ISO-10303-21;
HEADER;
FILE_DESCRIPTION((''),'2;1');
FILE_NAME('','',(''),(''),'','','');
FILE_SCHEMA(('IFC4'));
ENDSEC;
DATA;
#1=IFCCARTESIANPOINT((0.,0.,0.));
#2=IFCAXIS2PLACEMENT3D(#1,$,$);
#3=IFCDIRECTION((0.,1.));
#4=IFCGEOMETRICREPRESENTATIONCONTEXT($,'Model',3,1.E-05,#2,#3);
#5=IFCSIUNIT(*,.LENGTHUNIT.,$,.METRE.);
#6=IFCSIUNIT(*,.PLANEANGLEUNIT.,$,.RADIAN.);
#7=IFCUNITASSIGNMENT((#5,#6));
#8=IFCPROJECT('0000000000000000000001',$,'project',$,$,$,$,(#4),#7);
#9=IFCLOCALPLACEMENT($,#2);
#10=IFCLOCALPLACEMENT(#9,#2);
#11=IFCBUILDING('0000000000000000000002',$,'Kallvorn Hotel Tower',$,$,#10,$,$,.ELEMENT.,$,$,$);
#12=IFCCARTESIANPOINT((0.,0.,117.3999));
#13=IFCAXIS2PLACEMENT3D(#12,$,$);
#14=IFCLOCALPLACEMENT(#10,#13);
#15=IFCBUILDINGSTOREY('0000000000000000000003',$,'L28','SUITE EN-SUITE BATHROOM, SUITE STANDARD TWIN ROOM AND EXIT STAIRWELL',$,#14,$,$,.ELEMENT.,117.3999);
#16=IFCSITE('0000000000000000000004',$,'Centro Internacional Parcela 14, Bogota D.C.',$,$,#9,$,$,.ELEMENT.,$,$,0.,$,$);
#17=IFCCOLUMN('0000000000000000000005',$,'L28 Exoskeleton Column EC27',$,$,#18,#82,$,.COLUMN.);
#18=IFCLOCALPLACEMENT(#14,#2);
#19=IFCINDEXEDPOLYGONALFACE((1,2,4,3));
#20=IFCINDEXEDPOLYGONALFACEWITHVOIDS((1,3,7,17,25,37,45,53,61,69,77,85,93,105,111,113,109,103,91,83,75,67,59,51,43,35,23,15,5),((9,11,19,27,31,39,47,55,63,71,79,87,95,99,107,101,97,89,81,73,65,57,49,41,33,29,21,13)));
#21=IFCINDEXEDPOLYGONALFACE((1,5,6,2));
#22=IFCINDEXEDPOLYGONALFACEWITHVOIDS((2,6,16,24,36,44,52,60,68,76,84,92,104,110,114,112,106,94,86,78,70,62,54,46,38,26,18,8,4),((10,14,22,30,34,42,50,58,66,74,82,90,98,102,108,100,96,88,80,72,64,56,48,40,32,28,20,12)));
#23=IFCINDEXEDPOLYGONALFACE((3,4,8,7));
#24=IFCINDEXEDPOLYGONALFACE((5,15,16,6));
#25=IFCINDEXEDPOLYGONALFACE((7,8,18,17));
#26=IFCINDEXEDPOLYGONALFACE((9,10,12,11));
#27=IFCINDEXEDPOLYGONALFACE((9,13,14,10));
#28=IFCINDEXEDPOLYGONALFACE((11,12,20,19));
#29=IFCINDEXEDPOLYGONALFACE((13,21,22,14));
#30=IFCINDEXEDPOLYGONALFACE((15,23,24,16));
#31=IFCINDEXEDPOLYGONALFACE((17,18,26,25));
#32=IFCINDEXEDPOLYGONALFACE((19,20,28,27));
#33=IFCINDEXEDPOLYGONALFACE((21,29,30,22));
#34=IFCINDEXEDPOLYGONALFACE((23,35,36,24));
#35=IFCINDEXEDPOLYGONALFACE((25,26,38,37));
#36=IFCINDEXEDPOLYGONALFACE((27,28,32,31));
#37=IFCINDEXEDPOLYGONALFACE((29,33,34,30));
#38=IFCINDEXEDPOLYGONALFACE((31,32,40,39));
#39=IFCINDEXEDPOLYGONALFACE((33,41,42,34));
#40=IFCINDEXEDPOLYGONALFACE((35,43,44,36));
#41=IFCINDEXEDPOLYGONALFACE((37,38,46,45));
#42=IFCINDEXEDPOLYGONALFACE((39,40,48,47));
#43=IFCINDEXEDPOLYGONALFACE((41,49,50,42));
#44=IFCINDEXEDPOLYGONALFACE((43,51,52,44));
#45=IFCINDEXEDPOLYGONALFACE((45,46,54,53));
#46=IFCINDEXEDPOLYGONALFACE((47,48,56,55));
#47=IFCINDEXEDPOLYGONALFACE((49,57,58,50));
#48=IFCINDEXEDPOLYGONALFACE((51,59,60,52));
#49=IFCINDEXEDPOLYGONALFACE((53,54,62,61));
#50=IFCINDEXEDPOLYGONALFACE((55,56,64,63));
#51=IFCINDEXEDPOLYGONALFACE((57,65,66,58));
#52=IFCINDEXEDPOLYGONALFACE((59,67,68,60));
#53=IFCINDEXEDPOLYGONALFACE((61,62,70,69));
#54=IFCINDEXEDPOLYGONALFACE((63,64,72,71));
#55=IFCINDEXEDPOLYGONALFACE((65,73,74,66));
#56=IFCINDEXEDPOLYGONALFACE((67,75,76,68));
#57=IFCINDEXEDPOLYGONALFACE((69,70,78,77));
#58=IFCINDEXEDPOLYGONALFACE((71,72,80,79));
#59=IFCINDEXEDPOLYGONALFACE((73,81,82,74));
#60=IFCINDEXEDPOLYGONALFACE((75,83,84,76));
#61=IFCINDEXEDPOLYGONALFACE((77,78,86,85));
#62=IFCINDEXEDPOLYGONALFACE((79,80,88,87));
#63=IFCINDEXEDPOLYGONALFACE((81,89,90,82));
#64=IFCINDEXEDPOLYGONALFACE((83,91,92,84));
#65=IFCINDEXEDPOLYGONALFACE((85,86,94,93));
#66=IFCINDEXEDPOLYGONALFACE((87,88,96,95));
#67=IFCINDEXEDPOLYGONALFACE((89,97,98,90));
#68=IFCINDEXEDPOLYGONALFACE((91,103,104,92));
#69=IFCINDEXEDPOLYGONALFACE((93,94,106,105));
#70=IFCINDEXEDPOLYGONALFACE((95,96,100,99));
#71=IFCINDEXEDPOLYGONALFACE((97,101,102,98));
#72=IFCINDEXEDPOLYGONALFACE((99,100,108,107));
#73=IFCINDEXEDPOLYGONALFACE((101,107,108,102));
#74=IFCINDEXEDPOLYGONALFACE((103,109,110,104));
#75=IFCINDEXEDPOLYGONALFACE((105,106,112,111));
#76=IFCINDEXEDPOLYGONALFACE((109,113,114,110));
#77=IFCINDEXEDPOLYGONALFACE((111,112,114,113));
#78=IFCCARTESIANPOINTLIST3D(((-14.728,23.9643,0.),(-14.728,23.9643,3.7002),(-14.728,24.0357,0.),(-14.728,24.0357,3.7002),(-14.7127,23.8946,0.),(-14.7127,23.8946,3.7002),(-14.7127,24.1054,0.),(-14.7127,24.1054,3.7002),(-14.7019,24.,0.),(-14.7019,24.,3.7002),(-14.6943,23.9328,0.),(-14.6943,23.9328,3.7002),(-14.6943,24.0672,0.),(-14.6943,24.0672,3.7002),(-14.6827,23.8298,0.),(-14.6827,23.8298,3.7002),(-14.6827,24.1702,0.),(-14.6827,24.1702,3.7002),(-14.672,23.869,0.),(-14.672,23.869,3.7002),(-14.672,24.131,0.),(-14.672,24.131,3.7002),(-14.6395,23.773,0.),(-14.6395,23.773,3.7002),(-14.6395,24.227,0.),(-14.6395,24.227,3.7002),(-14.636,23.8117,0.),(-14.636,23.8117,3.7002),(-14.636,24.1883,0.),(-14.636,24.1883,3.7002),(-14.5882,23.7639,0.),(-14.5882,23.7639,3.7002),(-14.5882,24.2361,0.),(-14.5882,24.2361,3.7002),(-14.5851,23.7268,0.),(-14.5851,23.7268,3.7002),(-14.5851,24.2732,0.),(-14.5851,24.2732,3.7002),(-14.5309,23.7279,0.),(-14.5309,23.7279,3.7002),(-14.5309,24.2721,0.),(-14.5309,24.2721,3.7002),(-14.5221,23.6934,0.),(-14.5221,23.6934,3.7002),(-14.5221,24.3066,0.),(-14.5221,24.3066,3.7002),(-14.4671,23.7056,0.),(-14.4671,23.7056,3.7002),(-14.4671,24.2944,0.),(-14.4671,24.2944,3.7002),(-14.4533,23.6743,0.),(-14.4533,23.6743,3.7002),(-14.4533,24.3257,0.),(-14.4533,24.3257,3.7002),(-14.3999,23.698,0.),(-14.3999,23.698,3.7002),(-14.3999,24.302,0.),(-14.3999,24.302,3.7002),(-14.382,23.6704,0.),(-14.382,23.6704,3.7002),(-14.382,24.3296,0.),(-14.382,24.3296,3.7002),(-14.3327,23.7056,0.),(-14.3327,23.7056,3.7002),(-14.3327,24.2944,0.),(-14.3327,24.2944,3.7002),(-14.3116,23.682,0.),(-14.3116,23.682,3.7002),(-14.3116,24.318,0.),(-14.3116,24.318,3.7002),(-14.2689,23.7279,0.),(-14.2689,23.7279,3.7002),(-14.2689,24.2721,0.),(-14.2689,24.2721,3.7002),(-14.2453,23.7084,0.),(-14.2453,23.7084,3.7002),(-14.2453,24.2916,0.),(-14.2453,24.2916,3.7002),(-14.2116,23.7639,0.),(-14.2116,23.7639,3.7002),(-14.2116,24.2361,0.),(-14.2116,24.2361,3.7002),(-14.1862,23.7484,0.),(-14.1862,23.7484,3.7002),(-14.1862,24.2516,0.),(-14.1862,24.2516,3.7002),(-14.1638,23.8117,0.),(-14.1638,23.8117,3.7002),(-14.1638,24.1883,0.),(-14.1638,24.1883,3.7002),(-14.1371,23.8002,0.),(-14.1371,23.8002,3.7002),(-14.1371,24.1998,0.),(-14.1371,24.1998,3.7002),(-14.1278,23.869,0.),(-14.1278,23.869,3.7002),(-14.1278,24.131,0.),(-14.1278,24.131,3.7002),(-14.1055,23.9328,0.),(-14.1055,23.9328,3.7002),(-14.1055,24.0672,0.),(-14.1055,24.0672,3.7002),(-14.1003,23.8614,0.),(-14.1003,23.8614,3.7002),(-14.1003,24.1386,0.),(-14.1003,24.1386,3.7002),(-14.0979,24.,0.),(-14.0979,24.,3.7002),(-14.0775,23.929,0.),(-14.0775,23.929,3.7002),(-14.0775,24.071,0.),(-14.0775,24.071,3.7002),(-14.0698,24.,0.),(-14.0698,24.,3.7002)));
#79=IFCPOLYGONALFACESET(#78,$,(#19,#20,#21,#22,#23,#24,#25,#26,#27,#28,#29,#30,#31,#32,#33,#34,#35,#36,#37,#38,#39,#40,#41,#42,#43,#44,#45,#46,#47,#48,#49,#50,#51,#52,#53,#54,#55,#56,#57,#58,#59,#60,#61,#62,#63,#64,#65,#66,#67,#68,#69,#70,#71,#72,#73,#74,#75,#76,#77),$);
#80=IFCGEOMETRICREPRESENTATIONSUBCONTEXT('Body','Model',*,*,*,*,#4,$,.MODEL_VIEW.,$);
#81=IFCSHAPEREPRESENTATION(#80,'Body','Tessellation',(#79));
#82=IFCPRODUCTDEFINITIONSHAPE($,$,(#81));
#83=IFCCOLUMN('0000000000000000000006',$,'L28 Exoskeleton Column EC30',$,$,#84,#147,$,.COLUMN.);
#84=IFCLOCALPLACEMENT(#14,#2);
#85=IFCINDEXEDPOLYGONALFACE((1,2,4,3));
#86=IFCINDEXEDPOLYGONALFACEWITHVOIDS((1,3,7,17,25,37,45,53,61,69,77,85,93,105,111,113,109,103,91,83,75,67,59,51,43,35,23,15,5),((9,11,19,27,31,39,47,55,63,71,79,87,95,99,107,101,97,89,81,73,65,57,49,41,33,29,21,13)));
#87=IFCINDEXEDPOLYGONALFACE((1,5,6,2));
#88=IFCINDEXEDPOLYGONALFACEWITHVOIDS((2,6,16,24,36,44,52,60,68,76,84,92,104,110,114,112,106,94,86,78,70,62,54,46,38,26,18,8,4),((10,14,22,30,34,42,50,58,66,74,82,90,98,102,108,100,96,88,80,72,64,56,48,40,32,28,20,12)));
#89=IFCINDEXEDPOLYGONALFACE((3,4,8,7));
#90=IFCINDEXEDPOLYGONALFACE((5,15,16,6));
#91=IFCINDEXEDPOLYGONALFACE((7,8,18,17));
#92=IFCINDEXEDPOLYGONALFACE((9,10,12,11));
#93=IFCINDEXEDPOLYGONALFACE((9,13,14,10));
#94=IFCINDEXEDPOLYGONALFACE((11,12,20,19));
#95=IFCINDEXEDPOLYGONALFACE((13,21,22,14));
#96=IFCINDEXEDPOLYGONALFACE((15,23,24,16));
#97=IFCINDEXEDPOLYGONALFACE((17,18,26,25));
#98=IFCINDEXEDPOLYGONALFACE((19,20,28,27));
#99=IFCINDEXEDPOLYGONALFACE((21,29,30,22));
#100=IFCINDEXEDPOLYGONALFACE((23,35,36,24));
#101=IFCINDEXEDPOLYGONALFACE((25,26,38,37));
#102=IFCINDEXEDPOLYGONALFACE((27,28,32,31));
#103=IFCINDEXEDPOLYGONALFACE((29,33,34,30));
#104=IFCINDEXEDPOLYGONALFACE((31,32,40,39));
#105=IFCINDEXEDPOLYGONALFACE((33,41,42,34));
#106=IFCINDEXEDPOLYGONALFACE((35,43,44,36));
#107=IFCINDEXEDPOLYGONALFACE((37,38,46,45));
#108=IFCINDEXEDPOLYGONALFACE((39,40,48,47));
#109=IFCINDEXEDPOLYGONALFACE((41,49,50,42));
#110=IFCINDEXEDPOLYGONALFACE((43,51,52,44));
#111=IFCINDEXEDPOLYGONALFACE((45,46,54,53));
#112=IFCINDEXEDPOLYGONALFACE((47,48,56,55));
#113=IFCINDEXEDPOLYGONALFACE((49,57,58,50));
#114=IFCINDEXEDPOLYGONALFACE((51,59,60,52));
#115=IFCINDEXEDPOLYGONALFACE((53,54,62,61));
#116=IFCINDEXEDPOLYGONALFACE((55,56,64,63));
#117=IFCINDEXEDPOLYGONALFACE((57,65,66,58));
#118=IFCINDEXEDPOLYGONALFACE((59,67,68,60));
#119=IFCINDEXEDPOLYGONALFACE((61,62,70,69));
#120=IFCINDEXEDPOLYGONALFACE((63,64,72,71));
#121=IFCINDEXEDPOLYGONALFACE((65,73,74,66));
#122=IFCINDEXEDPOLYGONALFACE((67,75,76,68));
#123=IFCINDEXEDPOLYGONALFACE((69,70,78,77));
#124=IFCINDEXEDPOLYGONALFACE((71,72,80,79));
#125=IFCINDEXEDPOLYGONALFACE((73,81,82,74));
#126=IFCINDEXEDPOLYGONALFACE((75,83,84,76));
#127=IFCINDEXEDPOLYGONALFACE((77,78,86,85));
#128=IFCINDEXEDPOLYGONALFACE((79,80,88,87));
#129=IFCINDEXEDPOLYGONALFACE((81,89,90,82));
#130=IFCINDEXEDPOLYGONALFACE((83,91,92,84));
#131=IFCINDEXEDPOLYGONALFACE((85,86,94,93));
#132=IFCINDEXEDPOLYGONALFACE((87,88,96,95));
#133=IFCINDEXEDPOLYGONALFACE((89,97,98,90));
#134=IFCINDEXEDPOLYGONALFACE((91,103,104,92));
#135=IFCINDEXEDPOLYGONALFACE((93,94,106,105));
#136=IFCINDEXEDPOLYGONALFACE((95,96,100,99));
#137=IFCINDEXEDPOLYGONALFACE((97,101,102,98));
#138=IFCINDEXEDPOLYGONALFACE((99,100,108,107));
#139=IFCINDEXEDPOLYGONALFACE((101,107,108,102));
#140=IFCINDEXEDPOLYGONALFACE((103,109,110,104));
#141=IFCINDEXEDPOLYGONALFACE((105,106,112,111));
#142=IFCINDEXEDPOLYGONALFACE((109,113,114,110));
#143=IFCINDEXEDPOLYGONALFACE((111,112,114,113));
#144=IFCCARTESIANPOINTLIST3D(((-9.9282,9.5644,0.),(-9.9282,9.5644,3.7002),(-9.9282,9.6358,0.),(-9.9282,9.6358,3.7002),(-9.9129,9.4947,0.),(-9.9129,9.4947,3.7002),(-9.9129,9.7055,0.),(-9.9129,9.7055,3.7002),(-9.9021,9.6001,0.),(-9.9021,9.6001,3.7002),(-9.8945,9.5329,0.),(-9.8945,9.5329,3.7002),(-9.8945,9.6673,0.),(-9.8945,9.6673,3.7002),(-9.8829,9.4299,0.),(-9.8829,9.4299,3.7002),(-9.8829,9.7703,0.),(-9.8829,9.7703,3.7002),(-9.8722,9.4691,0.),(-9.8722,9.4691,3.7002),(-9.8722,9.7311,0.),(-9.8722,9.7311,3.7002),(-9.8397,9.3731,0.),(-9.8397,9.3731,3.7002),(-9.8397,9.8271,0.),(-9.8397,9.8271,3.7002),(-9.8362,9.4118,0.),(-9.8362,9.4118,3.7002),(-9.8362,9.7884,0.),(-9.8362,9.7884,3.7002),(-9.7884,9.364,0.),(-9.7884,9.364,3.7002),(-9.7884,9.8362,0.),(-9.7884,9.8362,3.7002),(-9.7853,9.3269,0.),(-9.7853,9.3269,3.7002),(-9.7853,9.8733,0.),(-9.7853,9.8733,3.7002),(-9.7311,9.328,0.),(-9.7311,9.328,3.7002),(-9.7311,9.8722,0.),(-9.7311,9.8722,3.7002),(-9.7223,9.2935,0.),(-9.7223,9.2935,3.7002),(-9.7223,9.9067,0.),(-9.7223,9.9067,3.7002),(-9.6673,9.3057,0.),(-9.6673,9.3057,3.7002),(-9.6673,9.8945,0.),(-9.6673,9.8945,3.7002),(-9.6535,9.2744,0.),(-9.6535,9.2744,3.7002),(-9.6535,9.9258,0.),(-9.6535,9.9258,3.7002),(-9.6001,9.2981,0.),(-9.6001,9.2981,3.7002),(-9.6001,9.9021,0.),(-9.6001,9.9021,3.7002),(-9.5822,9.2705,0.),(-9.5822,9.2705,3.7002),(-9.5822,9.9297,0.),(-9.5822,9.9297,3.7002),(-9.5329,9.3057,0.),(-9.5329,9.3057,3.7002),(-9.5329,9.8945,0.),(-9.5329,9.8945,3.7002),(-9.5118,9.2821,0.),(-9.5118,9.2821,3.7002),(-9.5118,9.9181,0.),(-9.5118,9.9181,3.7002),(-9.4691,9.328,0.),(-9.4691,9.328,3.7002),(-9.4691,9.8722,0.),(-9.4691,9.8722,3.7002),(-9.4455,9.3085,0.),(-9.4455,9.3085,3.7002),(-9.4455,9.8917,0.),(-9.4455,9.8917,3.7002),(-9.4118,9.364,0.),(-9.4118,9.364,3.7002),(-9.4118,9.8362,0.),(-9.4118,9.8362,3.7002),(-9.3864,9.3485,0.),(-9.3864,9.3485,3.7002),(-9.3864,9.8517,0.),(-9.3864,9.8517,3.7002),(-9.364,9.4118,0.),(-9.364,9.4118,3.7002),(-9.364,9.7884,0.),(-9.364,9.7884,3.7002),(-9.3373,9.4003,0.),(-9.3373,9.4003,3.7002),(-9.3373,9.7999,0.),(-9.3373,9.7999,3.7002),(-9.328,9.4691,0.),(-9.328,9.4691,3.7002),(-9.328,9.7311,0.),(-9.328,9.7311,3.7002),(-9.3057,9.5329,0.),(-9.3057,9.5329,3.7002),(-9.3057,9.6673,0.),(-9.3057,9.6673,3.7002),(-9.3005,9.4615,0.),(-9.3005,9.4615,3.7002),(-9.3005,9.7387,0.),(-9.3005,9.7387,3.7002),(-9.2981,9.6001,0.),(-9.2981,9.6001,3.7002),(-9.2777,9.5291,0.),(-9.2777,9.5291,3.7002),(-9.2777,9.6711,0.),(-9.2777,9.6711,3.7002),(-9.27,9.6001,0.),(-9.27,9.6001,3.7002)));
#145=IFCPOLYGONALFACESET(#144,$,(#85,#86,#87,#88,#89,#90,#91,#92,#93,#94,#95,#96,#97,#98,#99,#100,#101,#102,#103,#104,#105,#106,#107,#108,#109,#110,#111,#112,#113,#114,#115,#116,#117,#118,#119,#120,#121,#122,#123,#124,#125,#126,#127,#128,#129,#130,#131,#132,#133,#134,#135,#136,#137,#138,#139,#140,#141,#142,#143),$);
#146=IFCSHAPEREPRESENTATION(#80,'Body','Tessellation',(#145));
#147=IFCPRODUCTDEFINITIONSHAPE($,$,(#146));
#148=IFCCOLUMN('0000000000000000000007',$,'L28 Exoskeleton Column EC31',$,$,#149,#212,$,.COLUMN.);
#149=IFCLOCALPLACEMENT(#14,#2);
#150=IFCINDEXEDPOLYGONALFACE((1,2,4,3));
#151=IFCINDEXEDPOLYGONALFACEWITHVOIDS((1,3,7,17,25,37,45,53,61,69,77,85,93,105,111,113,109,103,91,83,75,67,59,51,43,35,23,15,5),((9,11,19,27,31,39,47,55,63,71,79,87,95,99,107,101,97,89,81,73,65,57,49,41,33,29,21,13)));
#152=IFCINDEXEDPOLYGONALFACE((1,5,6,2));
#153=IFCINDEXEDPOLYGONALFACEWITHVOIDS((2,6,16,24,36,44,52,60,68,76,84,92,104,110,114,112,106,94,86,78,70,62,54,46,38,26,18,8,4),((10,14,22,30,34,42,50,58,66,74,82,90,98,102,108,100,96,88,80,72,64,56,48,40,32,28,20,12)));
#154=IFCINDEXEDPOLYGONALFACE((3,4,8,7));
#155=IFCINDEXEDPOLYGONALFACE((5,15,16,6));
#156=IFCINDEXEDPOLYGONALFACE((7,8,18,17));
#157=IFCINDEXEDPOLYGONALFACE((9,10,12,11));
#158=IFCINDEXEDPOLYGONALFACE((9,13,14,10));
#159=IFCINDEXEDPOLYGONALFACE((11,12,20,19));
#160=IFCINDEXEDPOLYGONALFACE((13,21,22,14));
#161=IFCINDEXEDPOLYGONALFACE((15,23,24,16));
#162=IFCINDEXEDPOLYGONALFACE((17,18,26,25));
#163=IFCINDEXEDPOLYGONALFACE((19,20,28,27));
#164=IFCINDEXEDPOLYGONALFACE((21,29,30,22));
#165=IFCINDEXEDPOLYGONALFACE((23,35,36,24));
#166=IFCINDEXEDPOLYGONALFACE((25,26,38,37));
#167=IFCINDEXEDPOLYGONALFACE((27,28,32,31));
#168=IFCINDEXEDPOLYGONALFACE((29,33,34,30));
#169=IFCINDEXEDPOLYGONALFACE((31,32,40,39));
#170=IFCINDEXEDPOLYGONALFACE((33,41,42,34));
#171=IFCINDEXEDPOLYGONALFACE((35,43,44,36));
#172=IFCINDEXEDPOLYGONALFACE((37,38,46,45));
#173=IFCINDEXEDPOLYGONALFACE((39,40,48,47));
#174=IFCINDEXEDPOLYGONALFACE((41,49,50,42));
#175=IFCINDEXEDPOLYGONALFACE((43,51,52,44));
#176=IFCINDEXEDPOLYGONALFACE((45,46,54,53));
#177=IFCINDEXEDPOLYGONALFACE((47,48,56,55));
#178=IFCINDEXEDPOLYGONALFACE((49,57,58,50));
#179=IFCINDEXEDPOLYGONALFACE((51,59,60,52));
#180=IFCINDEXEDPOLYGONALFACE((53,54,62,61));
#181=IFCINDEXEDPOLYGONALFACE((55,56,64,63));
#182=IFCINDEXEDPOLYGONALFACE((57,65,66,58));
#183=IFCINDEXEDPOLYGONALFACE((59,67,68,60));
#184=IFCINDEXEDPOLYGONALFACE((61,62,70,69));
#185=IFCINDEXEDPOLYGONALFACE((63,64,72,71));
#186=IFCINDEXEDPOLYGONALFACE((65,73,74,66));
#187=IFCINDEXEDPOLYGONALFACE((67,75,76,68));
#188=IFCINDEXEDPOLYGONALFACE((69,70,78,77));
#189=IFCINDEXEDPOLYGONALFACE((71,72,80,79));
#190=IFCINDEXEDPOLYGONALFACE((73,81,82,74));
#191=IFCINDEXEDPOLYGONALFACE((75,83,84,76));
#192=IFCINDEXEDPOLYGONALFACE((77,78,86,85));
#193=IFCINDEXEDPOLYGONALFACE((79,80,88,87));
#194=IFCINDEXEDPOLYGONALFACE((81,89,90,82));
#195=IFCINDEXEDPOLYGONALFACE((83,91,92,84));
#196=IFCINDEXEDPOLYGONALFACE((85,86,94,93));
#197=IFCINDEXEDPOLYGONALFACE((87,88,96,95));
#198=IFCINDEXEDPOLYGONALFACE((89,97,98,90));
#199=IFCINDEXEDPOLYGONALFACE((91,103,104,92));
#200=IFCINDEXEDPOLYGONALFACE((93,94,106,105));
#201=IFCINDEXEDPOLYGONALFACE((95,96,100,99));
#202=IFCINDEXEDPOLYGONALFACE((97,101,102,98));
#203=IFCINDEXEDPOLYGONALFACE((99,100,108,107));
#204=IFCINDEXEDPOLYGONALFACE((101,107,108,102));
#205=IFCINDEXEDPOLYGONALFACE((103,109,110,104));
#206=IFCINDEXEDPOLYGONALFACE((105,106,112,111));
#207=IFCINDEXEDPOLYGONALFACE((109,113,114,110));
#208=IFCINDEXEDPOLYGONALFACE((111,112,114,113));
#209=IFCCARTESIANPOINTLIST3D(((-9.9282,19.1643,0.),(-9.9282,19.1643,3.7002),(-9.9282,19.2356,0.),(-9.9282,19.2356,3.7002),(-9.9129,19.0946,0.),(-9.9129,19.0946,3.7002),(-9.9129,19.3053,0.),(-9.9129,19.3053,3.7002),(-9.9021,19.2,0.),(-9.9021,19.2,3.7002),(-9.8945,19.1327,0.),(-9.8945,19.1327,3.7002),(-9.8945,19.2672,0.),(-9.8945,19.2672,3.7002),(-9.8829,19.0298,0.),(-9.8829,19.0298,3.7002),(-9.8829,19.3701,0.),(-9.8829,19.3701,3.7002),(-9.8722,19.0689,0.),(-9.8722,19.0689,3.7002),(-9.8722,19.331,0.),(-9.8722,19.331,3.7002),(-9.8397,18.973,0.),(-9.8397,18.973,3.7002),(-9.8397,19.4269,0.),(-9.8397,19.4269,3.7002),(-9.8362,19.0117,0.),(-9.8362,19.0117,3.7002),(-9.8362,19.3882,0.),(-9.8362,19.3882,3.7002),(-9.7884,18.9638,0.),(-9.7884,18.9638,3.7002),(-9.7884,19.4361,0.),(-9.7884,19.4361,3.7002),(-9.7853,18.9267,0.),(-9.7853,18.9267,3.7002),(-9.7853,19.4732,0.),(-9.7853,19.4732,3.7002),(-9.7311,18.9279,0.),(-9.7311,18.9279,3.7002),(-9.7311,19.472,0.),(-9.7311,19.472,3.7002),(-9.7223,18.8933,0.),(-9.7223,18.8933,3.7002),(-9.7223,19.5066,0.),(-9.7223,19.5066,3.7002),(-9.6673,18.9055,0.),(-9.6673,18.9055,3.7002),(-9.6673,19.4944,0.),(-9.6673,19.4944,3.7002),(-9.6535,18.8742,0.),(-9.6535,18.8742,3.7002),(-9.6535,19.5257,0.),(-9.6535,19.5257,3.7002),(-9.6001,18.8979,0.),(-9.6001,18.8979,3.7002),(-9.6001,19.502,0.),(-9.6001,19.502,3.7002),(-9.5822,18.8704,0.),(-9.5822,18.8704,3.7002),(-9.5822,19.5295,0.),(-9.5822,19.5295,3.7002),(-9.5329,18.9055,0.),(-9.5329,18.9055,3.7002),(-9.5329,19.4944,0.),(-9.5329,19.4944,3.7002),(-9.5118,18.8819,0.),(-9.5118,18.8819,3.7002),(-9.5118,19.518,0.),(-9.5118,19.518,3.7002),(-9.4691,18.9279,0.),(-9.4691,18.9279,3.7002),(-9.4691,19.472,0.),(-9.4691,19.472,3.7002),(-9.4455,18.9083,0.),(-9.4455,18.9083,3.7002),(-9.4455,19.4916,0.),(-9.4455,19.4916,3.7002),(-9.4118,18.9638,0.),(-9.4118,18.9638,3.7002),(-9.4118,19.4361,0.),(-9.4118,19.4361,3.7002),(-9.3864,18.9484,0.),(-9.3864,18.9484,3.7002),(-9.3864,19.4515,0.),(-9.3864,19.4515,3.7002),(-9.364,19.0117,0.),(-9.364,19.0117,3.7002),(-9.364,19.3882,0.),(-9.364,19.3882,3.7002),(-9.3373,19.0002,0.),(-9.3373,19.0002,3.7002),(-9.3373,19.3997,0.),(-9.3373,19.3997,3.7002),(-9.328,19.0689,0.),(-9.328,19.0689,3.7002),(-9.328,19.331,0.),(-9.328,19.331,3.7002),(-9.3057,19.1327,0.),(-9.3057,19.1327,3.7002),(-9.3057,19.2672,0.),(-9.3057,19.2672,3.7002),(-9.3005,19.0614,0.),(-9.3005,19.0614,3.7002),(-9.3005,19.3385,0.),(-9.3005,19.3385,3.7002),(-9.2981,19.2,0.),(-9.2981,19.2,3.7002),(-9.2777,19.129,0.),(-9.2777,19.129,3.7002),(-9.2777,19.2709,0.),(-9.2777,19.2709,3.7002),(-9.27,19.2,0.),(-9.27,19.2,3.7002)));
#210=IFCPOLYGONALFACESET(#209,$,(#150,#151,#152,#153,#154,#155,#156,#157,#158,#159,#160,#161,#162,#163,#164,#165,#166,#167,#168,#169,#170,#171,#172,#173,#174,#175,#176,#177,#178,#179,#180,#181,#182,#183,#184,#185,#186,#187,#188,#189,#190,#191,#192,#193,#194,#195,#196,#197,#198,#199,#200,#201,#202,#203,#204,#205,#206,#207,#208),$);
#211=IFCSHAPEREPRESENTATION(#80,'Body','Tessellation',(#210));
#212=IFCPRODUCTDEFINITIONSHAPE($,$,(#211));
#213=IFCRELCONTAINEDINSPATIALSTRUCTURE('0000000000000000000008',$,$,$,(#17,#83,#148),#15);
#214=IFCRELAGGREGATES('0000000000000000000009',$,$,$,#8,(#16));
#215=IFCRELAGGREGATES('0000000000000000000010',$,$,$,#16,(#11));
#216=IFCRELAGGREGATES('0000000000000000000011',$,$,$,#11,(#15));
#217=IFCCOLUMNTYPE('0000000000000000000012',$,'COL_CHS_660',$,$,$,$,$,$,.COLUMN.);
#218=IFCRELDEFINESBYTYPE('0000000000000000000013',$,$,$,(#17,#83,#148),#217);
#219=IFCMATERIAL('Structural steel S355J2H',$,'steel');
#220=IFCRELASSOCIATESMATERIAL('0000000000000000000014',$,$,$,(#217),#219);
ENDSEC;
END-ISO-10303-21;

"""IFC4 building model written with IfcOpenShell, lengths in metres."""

from ifc_helpers import new_model, si_unit, direction, frame, origin, origin_2d, place, context, subcontext, project, spatial, hollow_circle, extrude, material, material_profile, profile_set, type_object, element, save


model = new_model("IFC4")

# Units and contexts
model_context = context("Model", 3, precision=1e-05, world=origin(), true_north=direction((0.0, 1.0)))
body_context = subcontext(model_context, "Body", "Model", "MODEL_VIEW")
ifc_project = project(units=[si_unit("LENGTHUNIT", "METRE"), si_unit("PLANEANGLEUNIT", "RADIAN")], contexts=[model_context])

# Site, building, storey
site_placement = place(None, origin())
site = spatial("IfcSite", under=ifc_project, at=site_placement, Name="Centro Internacional Parcela 14, Bogota D.C.", CompositionType="ELEMENT", RefElevation=0.0)
building_placement = place(site_placement, origin())
building = spatial("IfcBuilding", under=site, at=building_placement, Name="Kallvorn Hotel Tower", CompositionType="ELEMENT")
storey_placement = place(building_placement, frame((0.0, 0.0, 117.3999)))
storey = spatial("IfcBuildingStorey", under=building, at=storey_placement, Name="L28", Description="SUITE EN-SUITE BATHROOM, SUITE STANDARD TWIN ROOM AND EXIT STAIRWELL", CompositionType="ELEMENT", Elevation=117.3999)

# Columns
ifc_material_1 = material(Name="Structural steel S355J2H", Category="steel")
ifc_material_profile_1 = material_profile(ifc_material_1, hollow_circle(Radius=0.3301, WallThickness=0.0281, at=origin_2d()), Name="CHS 660x28")
ifc_profile_set_1 = profile_set([ifc_material_profile_1], Name="Structural steel S355J2H")
column_type_1 = type_object("IfcColumnType", Name="COL_CHS_660", PredefinedType="COLUMN", material=ifc_profile_set_1)
for number, where, z_axis, x_axis, name in (
    (1, (-14.3999, 24.0, 0.0), (0.0, 0.0, 1.0), (1.0, 0.0, 0.0), "L28 Exoskeleton Column EC27"),
    (2, (-9.6001, 9.6001, 0.0), (0.0, 0.0, 1.0), (1.0, 0.0, 0.0), "L28 Exoskeleton Column EC30"),
    (3, (-9.6001, 19.2, 0.0), (0.0, 0.0, 1.0), (1.0, 0.0, 0.0), "L28 Exoskeleton Column EC31"),
):
    element("IfcColumn", number, at=place(storey_placement, frame(where, z_axis=z_axis, x_axis=x_axis)), inside=storey, type_object=column_type_1, Name=name, PredefinedType="COLUMN", context=body_context, shape_type="SweptSolid", body=[
        extrude(hollow_circle(Radius=0.3301, WallThickness=0.0281, at=origin_2d()), origin(), (0.0, 0.0, 1.0), 3.7002),
    ])

save(model, "model.ifc")
